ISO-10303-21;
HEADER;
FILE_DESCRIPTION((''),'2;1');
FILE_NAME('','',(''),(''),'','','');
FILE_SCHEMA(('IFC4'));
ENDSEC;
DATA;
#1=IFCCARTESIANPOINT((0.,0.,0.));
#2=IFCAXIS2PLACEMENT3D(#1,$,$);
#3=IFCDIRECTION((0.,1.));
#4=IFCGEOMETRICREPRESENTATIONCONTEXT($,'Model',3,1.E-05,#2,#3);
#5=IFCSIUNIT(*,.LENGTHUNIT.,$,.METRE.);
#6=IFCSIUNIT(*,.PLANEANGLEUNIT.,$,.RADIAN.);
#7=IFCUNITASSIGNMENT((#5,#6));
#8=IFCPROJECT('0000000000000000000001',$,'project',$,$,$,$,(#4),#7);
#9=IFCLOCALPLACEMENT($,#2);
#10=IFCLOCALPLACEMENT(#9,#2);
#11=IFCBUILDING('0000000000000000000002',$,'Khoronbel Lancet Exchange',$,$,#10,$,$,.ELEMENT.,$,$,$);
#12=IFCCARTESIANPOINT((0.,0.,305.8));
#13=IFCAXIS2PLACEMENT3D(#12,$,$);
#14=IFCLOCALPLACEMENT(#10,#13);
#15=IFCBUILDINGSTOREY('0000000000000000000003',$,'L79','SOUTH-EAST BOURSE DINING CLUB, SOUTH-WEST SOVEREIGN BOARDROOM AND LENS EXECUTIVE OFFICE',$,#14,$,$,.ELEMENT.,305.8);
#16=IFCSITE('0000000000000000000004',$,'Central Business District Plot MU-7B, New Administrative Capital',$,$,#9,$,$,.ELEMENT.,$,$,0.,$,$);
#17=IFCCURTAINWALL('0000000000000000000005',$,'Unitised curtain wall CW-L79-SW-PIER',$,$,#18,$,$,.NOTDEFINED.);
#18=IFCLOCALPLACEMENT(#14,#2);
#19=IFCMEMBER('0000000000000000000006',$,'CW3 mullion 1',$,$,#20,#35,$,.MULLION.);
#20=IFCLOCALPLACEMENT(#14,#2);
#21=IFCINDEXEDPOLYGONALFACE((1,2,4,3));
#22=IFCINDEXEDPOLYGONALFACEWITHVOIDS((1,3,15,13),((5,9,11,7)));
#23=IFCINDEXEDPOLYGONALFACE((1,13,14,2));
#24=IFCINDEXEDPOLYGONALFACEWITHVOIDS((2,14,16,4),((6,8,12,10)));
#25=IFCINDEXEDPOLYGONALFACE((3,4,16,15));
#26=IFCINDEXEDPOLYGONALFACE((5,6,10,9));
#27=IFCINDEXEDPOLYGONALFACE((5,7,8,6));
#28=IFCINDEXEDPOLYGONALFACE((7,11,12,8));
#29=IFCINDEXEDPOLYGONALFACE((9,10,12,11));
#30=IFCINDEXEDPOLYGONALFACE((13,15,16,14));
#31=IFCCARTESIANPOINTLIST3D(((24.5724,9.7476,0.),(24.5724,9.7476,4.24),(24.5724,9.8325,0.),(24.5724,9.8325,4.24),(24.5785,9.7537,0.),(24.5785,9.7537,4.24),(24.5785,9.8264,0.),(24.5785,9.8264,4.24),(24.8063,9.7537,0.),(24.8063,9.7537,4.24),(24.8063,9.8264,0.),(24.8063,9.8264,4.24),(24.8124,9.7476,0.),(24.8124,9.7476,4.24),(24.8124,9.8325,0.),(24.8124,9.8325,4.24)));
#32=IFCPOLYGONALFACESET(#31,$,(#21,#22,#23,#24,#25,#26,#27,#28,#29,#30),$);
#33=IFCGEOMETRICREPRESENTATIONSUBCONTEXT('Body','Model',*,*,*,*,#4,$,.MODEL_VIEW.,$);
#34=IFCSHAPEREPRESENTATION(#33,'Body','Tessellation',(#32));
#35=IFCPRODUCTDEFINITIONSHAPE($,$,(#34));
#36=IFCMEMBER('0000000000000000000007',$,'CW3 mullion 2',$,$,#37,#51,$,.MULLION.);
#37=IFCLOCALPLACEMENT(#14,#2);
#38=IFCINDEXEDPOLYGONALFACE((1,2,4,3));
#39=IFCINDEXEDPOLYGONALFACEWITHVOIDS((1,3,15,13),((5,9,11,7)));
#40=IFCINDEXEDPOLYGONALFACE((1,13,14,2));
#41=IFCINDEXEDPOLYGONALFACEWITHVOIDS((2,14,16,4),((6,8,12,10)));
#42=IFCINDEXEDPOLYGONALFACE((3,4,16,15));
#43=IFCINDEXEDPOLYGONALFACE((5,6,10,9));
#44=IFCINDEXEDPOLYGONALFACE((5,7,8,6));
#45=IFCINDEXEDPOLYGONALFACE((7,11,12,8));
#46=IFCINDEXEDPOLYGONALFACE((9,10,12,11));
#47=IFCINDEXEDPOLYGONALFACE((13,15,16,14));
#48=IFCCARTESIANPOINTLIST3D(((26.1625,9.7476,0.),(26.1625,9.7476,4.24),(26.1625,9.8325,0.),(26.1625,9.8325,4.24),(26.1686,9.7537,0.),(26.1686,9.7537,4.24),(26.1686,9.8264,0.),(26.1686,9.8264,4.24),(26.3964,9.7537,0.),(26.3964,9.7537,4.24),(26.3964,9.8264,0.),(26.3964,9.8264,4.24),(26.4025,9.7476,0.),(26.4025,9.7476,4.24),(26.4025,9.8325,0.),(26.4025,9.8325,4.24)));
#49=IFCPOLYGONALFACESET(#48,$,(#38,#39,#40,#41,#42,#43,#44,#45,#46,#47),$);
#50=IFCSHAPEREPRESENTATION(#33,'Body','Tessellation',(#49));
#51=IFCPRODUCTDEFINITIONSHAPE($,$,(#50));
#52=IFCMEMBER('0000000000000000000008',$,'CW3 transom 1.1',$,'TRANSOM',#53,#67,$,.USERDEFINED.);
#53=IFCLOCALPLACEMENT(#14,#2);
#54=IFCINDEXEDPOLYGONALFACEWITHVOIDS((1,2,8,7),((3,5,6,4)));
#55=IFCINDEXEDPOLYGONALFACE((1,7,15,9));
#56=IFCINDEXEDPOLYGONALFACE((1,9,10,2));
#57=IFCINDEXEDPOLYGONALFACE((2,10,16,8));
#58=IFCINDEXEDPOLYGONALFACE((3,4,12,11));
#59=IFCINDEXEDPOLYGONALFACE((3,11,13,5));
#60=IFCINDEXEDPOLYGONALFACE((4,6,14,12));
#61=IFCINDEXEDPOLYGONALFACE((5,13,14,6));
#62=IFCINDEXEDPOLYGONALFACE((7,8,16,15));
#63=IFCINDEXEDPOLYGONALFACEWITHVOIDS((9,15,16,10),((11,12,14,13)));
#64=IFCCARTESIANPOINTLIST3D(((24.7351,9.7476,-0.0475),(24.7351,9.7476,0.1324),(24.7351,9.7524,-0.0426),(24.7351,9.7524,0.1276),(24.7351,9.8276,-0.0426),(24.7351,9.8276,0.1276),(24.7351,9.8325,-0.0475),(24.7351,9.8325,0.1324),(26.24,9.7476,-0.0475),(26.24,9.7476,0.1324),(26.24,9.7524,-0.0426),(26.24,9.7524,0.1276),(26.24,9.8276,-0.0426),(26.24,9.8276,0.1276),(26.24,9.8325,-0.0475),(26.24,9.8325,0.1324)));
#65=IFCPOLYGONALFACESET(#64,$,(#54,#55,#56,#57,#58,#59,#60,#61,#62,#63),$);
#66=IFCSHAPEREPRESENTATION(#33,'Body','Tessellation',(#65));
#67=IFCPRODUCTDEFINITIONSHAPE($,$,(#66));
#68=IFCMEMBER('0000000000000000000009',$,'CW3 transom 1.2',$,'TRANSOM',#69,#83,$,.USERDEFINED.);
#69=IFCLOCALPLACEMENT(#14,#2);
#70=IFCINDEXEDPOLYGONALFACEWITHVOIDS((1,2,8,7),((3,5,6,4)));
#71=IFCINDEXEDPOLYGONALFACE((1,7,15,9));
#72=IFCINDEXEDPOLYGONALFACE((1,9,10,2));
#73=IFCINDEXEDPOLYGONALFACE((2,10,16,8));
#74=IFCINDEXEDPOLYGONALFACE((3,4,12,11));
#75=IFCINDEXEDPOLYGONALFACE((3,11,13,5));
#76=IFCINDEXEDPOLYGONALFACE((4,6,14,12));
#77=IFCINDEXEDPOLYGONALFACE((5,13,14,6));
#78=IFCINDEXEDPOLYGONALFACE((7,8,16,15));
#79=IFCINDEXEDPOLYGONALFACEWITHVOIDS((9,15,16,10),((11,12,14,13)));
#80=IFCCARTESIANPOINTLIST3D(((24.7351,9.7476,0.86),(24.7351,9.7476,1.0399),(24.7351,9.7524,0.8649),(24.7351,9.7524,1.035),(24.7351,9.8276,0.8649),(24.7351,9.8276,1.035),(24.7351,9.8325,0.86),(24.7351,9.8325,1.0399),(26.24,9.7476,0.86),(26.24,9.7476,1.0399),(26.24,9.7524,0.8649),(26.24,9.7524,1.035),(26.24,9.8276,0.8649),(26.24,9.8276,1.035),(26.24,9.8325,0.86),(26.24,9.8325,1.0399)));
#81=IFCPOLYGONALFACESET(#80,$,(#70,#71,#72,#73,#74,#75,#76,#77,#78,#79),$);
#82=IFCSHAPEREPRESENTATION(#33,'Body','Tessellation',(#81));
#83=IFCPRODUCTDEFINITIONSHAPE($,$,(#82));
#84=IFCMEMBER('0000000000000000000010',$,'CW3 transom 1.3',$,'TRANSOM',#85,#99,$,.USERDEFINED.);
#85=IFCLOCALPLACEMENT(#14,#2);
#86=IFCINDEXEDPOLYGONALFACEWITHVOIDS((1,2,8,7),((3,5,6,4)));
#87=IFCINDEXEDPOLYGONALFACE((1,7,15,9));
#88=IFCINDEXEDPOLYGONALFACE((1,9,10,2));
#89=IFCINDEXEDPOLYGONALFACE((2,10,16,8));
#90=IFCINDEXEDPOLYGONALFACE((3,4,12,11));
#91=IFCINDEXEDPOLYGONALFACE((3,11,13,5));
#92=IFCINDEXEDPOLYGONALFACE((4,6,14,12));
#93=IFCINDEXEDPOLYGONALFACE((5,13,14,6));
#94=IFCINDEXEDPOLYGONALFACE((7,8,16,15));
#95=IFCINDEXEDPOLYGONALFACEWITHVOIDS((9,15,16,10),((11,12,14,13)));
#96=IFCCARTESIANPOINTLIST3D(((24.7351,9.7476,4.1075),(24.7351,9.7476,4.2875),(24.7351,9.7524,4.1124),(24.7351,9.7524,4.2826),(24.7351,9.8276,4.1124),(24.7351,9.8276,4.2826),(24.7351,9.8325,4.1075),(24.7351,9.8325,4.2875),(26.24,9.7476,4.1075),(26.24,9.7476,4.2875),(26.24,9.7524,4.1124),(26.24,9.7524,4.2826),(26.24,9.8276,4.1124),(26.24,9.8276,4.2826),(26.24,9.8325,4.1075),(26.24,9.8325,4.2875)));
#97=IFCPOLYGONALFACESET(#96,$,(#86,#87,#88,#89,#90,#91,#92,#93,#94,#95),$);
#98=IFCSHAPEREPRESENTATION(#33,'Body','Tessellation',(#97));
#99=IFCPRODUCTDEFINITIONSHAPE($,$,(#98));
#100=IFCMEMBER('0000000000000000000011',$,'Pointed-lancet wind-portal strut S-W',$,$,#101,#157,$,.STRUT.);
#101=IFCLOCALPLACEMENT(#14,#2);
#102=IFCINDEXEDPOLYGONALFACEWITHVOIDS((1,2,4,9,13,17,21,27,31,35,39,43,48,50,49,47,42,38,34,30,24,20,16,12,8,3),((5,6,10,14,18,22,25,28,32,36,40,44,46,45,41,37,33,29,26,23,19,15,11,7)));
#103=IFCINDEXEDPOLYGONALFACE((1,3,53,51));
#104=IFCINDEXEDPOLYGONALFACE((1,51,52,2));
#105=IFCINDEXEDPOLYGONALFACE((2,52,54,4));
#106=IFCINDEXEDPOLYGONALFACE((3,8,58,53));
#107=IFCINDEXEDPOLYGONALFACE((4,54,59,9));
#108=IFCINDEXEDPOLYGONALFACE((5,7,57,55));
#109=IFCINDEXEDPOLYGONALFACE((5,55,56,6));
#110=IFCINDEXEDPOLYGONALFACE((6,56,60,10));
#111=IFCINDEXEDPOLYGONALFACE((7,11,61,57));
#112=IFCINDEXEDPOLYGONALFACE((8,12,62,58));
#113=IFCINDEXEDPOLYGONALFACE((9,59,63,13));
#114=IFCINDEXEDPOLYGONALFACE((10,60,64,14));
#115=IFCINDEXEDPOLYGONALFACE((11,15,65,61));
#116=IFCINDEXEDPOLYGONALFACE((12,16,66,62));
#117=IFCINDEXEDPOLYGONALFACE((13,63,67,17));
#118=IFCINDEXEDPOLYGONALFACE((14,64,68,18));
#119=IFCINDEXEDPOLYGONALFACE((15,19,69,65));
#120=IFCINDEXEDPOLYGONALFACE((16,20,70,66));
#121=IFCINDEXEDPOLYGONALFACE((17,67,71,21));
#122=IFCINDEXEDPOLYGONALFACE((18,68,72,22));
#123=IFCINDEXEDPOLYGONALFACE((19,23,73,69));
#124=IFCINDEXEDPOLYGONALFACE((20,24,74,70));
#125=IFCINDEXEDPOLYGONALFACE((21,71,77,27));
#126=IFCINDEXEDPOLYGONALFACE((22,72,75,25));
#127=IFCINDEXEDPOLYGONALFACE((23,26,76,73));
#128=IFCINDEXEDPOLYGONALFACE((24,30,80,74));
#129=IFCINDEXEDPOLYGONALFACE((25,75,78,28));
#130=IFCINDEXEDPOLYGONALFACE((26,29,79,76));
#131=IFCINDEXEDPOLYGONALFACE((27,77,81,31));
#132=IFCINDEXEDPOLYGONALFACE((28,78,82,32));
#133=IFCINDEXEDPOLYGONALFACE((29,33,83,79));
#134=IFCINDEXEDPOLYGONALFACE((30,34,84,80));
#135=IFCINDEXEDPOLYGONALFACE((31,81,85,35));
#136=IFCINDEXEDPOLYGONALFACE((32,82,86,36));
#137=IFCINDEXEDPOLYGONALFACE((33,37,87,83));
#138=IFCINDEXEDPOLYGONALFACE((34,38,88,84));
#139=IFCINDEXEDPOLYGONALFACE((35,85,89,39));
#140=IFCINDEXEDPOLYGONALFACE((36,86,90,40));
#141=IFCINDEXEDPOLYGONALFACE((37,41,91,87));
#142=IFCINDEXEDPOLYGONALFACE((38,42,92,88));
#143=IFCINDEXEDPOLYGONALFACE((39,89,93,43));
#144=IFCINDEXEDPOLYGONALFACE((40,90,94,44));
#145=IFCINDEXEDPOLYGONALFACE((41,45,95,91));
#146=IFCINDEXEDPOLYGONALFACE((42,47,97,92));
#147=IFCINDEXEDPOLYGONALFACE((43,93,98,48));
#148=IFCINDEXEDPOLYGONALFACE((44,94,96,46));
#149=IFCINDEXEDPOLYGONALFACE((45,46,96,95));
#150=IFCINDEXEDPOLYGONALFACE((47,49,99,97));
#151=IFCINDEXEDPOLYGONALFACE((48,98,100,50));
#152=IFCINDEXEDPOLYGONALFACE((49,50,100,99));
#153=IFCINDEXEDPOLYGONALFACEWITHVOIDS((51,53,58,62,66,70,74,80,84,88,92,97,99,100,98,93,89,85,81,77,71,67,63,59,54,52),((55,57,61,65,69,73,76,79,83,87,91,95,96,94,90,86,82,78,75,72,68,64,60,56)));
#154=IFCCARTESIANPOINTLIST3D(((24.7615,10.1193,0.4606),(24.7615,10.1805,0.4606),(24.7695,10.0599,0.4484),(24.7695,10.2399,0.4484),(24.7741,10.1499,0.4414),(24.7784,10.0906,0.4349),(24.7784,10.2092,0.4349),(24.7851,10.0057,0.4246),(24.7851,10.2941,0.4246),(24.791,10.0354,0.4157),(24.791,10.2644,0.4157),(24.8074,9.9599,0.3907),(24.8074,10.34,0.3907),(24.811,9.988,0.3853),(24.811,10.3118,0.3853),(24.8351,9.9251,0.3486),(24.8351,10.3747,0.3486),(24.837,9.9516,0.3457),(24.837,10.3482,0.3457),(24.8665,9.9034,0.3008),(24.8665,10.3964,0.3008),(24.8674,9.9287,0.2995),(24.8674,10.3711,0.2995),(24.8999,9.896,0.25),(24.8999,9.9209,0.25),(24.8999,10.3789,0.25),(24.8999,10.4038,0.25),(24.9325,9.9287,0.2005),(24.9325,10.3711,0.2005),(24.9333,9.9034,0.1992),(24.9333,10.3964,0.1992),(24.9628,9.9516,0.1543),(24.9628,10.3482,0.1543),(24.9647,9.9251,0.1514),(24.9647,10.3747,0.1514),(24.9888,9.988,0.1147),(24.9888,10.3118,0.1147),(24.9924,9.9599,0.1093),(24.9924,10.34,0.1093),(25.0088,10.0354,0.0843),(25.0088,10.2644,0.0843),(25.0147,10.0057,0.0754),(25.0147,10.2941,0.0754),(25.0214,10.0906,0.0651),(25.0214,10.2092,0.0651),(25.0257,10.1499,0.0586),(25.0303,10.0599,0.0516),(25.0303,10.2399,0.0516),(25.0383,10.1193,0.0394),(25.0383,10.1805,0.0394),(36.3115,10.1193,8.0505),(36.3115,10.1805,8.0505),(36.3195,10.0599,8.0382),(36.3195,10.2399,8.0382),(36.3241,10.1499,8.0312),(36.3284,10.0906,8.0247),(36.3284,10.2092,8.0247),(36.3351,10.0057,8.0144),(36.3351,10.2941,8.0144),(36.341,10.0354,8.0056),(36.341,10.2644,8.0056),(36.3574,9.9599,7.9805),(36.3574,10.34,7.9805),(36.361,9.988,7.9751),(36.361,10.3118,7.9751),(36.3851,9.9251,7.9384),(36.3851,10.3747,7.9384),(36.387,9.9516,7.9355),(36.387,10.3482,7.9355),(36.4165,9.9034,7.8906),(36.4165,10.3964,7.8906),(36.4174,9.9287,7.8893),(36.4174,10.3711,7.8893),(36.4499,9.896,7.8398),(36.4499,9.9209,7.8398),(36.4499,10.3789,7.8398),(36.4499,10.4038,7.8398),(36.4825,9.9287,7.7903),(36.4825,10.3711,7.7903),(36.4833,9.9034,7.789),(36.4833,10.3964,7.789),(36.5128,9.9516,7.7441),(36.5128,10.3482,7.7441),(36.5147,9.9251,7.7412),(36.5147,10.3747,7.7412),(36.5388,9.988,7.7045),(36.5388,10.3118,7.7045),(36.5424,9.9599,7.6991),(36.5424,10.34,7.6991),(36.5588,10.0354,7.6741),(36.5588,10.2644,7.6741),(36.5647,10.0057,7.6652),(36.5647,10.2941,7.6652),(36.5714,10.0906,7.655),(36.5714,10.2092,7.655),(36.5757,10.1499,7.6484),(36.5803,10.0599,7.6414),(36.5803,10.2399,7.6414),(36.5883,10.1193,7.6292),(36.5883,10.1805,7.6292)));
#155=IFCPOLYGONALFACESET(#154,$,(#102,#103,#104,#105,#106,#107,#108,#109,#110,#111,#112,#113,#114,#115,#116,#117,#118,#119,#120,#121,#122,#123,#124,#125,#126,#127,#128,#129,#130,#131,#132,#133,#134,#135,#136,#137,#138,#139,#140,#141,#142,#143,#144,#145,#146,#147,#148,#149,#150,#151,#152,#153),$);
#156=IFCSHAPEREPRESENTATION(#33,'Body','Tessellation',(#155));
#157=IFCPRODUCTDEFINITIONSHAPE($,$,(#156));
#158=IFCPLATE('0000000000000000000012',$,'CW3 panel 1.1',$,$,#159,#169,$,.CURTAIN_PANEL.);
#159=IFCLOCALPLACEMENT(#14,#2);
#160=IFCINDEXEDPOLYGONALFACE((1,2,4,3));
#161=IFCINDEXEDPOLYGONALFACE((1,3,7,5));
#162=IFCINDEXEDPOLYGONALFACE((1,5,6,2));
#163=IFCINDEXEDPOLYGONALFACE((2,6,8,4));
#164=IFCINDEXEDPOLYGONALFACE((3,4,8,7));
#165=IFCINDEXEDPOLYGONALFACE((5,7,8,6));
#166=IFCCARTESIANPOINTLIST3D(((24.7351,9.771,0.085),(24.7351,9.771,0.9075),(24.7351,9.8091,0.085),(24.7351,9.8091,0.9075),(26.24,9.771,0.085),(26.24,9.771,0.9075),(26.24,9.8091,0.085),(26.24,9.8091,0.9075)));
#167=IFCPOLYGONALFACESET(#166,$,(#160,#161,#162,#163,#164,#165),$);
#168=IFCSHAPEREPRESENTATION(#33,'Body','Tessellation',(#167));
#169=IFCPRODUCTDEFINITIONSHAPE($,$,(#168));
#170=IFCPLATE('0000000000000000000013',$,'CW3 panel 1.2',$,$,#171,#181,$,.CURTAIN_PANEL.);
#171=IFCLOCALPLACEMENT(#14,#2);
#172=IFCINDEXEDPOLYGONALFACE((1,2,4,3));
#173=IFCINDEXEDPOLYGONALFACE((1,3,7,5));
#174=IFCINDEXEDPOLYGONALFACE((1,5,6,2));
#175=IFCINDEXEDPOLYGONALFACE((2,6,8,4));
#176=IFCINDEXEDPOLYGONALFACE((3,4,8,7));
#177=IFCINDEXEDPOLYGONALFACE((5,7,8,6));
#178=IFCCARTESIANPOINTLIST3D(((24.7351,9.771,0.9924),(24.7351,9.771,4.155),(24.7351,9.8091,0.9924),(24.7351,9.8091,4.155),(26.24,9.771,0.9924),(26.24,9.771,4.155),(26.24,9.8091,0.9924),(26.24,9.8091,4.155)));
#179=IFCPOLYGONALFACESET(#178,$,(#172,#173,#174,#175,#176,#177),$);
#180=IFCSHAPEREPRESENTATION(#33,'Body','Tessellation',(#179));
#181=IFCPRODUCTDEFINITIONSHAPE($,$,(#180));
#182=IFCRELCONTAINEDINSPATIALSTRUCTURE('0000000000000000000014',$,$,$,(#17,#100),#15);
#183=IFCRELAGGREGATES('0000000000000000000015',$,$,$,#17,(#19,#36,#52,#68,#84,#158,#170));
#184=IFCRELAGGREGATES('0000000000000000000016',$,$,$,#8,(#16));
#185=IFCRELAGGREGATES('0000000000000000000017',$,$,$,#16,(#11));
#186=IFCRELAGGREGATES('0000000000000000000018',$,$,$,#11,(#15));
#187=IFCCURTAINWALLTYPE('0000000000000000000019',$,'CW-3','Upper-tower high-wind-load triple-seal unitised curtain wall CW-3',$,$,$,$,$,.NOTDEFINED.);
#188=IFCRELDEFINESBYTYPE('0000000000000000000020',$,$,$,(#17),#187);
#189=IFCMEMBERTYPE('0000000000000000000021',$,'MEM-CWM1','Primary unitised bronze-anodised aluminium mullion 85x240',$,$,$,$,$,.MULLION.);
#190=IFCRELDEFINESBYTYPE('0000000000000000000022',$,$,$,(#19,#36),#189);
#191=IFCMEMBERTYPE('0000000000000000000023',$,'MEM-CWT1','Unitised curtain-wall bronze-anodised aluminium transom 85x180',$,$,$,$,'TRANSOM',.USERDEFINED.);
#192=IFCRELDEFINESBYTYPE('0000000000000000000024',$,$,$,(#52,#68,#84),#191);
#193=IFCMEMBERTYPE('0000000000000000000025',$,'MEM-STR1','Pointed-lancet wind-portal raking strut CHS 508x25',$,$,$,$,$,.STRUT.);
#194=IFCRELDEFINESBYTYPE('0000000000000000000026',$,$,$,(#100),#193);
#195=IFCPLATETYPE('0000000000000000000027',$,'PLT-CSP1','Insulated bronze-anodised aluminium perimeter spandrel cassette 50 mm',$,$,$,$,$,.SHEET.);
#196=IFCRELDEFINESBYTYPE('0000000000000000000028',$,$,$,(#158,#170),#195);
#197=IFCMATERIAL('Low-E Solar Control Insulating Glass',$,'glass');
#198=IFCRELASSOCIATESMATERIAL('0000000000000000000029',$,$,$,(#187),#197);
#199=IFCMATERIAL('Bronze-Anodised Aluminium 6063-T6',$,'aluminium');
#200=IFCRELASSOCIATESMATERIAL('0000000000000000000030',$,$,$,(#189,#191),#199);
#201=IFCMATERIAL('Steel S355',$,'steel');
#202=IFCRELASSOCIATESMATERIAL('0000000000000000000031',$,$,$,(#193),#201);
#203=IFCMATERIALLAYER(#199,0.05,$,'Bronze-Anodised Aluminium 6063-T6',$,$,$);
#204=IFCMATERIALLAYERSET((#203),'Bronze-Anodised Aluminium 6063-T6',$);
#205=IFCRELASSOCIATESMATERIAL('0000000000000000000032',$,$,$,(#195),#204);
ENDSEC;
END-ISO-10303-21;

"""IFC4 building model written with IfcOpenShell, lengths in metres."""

from ifc_helpers import new_model, si_unit, direction, frame, origin, origin_2d, place, context, subcontext, project, spatial, rectangle, hollow_rectangle, hollow_circle, extrude, material, layer, layer_set, material_profile, profile_set, type_object, element, aggregate, save


model = new_model("IFC4")

# Units and contexts
model_context = context("Model", 3, precision=1e-05, world=origin(), true_north=direction((0.0, 1.0)))
body_context = subcontext(model_context, "Body", "Model", "MODEL_VIEW")
ifc_project = project(units=[si_unit("LENGTHUNIT", "METRE"), si_unit("PLANEANGLEUNIT", "RADIAN")], contexts=[model_context])

# Site, building, storey
site_placement = place(None, origin())
site = spatial("IfcSite", under=ifc_project, at=site_placement, Name="Central Business District Plot MU-7B, New Administrative Capital", CompositionType="ELEMENT", RefElevation=0.0)
building_placement = place(site_placement, origin())
building = spatial("IfcBuilding", under=site, at=building_placement, Name="Khoronbel Lancet Exchange", CompositionType="ELEMENT")
storey_placement = place(building_placement, frame((0.0, 0.0, 305.8)))
storey = spatial("IfcBuildingStorey", under=building, at=storey_placement, Name="L79", Description="SOUTH-EAST BOURSE DINING CLUB, SOUTH-WEST SOVEREIGN BOARDROOM AND LENS EXECUTIVE OFFICE", CompositionType="ELEMENT", Elevation=305.8)

# Shared definitions
ifc_material_1 = material(Name="Steel S355", Category="steel")

# Shared definitions
ifc_material_2 = material(Name="Low-E Solar Control Insulating Glass", Category="glass")
curtain_wall_type = type_object("IfcCurtainWallType", Name="CW-3", Description="Upper-tower high-wind-load triple-seal unitised curtain wall CW-3", PredefinedType="NOTDEFINED", material=ifc_material_2)
ifc_material_3 = material(Name="Bronze-Anodised Aluminium 6063-T6", Category="aluminium")
ifc_material_profile_1 = material_profile(ifc_material_3, hollow_rectangle(XDim=0.085, YDim=0.24, WallThickness=0.0061, at=origin_2d()), Name="ALU MULLION 85x240")
ifc_profile_set_1 = profile_set([ifc_material_profile_1], Name="Bronze-Anodised Aluminium 6063-T6")
member_type_1 = type_object("IfcMemberType", Name="MEM-CWM1", Description="Primary unitised bronze-anodised aluminium mullion 85x240", PredefinedType="MULLION", material=ifc_profile_set_1)

# Curtain wall, members
curtain_wall_1_placement = place(storey_placement, origin())
curtain_wall_1 = element("IfcCurtainWall", 1, at=curtain_wall_1_placement, inside=storey, type_object=curtain_wall_type, Name="Unitised curtain wall CW-L79-SW-PIER", PredefinedType="NOTDEFINED")
member_1_placement = place(storey_placement, frame((24.6924, 9.79, 0.0), z_axis=(0.0, 0.0, 1.0), x_axis=(0.0, 1.0, 0.0)))
member_1 = element("IfcMember", 2, at=member_1_placement, type_object=member_type_1, Name="CW3 mullion 1", PredefinedType="MULLION", context=body_context, shape_type="SweptSolid", body=[
    extrude(hollow_rectangle(XDim=0.085, YDim=0.24, WallThickness=0.0061, at=origin_2d()), origin(), (0.0, 0.0, 1.0), 4.24),
])
member_2_placement = place(storey_placement, frame((26.2825, 9.79, 0.0), z_axis=(0.0, 0.0, 1.0), x_axis=(0.0, 1.0, 0.0)))
member_2 = element("IfcMember", 3, at=member_2_placement, type_object=member_type_1, Name="CW3 mullion 2", PredefinedType="MULLION", context=body_context, shape_type="SweptSolid", body=[
    extrude(hollow_rectangle(XDim=0.085, YDim=0.24, WallThickness=0.0061, at=origin_2d()), origin(), (0.0, 0.0, 1.0), 4.24),
])
ifc_material_profile_2 = material_profile(ifc_material_3, hollow_rectangle(XDim=0.085, YDim=0.1799, WallThickness=0.0049, at=origin_2d()), Name="ALU TRANSOM 85x180")
ifc_profile_set_2 = profile_set([ifc_material_profile_2], Name="Bronze-Anodised Aluminium 6063-T6")
member_type_2 = type_object("IfcMemberType", Name="MEM-CWT1", Description="Unitised curtain-wall bronze-anodised aluminium transom 85x180", ElementType="TRANSOM", PredefinedType="USERDEFINED", material=ifc_profile_set_2)
member_3_placement = place(storey_placement, frame((24.7351, 9.79, 0.0425), z_axis=(1.0, 0.0, 0.0), x_axis=(0.0, 1.0, 0.0)))
member_3 = element("IfcMember", 4, at=member_3_placement, type_object=member_type_2, Name="CW3 transom 1.1", ObjectType="TRANSOM", PredefinedType="USERDEFINED", context=body_context, shape_type="SweptSolid", body=[
    extrude(hollow_rectangle(XDim=0.085, YDim=0.1799, WallThickness=0.0049, at=origin_2d()), origin(), (0.0, 0.0, 1.0), 1.5049),
])
member_4_placement = place(storey_placement, frame((24.7351, 9.79, 0.95), z_axis=(1.0, 0.0, 0.0), x_axis=(0.0, 1.0, 0.0)))
member_4 = element("IfcMember", 5, at=member_4_placement, type_object=member_type_2, Name="CW3 transom 1.2", ObjectType="TRANSOM", PredefinedType="USERDEFINED", context=body_context, shape_type="SweptSolid", body=[
    extrude(hollow_rectangle(XDim=0.085, YDim=0.1799, WallThickness=0.0049, at=origin_2d()), origin(), (0.0, 0.0, 1.0), 1.5049),
])
member_5_placement = place(storey_placement, frame((24.7351, 9.79, 4.1975), z_axis=(1.0, 0.0, 0.0), x_axis=(0.0, 1.0, 0.0)))
member_5 = element("IfcMember", 6, at=member_5_placement, type_object=member_type_2, Name="CW3 transom 1.3", ObjectType="TRANSOM", PredefinedType="USERDEFINED", context=body_context, shape_type="SweptSolid", body=[
    extrude(hollow_rectangle(XDim=0.085, YDim=0.1799, WallThickness=0.0049, at=origin_2d()), origin(), (0.0, 0.0, 1.0), 1.5049),
])

# Member
ifc_material_profile_3 = material_profile(ifc_material_1, hollow_circle(Radius=0.2539, WallThickness=0.0249, at=origin_2d()), Name="CHS 508x25")
ifc_profile_set_3 = profile_set([ifc_material_profile_3], Name="Steel S355")
member_type_3 = type_object("IfcMemberType", Name="MEM-STR1", Description="Pointed-lancet wind-portal raking strut CHS 508x25", PredefinedType="STRUT", material=ifc_profile_set_3)
member_6_placement = place(storey_placement, frame((24.8999, 10.1499, 0.25), z_axis=(0.835712, 0.0, 0.549168), x_axis=(0.0, 1.0, 0.0)))
element("IfcMember", 7, at=member_6_placement, inside=storey, type_object=member_type_3, Name="Pointed-lancet wind-portal strut S-W", PredefinedType="STRUT", context=body_context, shape_type="SweptSolid", body=[
    extrude(hollow_circle(Radius=0.2539, WallThickness=0.0249, at=origin_2d()), origin(), (0.0, 0.0, 1.0), 13.8206),
])

# Plates
ifc_layer_1 = layer(ifc_material_3, 0.05, Name="Bronze-Anodised Aluminium 6063-T6")
ifc_layer_set_1 = layer_set([ifc_layer_1], Name="Bronze-Anodised Aluminium 6063-T6")
plate_type_1 = type_object("IfcPlateType", Name="PLT-CSP1", Description="Insulated bronze-anodised aluminium perimeter spandrel cassette 50 mm", PredefinedType="SHEET", material=ifc_layer_set_1)
plate_1_placement = place(storey_placement, frame((25.4875, 9.79, 0.085), z_axis=(0.0, 0.0, 1.0), x_axis=(1.0, 0.0, 0.0)))
plate_1 = element("IfcPlate", 8, at=plate_1_placement, type_object=plate_type_1, Name="CW3 panel 1.1", PredefinedType="CURTAIN_PANEL", context=body_context, shape_type="SweptSolid", body=[
    extrude(rectangle(XDim=1.5049, YDim=0.0381, at=origin_2d()), origin(), (0.0, 0.0, 1.0), 0.8225),
])
plate_2_placement = place(storey_placement, frame((25.4875, 9.79, 0.9924), z_axis=(0.0, 0.0, 1.0), x_axis=(1.0, 0.0, 0.0)))
plate_2 = element("IfcPlate", 9, at=plate_2_placement, type_object=plate_type_1, Name="CW3 panel 1.2", PredefinedType="CURTAIN_PANEL", context=body_context, shape_type="SweptSolid", body=[
    extrude(rectangle(XDim=1.5049, YDim=0.0381, at=origin_2d()), origin(), (0.0, 0.0, 1.0), 3.1626),
])
aggregate(curtain_wall_1, [member_1, member_2, member_3, member_4, member_5, plate_1, plate_2])

save(model, "model.ifc")
